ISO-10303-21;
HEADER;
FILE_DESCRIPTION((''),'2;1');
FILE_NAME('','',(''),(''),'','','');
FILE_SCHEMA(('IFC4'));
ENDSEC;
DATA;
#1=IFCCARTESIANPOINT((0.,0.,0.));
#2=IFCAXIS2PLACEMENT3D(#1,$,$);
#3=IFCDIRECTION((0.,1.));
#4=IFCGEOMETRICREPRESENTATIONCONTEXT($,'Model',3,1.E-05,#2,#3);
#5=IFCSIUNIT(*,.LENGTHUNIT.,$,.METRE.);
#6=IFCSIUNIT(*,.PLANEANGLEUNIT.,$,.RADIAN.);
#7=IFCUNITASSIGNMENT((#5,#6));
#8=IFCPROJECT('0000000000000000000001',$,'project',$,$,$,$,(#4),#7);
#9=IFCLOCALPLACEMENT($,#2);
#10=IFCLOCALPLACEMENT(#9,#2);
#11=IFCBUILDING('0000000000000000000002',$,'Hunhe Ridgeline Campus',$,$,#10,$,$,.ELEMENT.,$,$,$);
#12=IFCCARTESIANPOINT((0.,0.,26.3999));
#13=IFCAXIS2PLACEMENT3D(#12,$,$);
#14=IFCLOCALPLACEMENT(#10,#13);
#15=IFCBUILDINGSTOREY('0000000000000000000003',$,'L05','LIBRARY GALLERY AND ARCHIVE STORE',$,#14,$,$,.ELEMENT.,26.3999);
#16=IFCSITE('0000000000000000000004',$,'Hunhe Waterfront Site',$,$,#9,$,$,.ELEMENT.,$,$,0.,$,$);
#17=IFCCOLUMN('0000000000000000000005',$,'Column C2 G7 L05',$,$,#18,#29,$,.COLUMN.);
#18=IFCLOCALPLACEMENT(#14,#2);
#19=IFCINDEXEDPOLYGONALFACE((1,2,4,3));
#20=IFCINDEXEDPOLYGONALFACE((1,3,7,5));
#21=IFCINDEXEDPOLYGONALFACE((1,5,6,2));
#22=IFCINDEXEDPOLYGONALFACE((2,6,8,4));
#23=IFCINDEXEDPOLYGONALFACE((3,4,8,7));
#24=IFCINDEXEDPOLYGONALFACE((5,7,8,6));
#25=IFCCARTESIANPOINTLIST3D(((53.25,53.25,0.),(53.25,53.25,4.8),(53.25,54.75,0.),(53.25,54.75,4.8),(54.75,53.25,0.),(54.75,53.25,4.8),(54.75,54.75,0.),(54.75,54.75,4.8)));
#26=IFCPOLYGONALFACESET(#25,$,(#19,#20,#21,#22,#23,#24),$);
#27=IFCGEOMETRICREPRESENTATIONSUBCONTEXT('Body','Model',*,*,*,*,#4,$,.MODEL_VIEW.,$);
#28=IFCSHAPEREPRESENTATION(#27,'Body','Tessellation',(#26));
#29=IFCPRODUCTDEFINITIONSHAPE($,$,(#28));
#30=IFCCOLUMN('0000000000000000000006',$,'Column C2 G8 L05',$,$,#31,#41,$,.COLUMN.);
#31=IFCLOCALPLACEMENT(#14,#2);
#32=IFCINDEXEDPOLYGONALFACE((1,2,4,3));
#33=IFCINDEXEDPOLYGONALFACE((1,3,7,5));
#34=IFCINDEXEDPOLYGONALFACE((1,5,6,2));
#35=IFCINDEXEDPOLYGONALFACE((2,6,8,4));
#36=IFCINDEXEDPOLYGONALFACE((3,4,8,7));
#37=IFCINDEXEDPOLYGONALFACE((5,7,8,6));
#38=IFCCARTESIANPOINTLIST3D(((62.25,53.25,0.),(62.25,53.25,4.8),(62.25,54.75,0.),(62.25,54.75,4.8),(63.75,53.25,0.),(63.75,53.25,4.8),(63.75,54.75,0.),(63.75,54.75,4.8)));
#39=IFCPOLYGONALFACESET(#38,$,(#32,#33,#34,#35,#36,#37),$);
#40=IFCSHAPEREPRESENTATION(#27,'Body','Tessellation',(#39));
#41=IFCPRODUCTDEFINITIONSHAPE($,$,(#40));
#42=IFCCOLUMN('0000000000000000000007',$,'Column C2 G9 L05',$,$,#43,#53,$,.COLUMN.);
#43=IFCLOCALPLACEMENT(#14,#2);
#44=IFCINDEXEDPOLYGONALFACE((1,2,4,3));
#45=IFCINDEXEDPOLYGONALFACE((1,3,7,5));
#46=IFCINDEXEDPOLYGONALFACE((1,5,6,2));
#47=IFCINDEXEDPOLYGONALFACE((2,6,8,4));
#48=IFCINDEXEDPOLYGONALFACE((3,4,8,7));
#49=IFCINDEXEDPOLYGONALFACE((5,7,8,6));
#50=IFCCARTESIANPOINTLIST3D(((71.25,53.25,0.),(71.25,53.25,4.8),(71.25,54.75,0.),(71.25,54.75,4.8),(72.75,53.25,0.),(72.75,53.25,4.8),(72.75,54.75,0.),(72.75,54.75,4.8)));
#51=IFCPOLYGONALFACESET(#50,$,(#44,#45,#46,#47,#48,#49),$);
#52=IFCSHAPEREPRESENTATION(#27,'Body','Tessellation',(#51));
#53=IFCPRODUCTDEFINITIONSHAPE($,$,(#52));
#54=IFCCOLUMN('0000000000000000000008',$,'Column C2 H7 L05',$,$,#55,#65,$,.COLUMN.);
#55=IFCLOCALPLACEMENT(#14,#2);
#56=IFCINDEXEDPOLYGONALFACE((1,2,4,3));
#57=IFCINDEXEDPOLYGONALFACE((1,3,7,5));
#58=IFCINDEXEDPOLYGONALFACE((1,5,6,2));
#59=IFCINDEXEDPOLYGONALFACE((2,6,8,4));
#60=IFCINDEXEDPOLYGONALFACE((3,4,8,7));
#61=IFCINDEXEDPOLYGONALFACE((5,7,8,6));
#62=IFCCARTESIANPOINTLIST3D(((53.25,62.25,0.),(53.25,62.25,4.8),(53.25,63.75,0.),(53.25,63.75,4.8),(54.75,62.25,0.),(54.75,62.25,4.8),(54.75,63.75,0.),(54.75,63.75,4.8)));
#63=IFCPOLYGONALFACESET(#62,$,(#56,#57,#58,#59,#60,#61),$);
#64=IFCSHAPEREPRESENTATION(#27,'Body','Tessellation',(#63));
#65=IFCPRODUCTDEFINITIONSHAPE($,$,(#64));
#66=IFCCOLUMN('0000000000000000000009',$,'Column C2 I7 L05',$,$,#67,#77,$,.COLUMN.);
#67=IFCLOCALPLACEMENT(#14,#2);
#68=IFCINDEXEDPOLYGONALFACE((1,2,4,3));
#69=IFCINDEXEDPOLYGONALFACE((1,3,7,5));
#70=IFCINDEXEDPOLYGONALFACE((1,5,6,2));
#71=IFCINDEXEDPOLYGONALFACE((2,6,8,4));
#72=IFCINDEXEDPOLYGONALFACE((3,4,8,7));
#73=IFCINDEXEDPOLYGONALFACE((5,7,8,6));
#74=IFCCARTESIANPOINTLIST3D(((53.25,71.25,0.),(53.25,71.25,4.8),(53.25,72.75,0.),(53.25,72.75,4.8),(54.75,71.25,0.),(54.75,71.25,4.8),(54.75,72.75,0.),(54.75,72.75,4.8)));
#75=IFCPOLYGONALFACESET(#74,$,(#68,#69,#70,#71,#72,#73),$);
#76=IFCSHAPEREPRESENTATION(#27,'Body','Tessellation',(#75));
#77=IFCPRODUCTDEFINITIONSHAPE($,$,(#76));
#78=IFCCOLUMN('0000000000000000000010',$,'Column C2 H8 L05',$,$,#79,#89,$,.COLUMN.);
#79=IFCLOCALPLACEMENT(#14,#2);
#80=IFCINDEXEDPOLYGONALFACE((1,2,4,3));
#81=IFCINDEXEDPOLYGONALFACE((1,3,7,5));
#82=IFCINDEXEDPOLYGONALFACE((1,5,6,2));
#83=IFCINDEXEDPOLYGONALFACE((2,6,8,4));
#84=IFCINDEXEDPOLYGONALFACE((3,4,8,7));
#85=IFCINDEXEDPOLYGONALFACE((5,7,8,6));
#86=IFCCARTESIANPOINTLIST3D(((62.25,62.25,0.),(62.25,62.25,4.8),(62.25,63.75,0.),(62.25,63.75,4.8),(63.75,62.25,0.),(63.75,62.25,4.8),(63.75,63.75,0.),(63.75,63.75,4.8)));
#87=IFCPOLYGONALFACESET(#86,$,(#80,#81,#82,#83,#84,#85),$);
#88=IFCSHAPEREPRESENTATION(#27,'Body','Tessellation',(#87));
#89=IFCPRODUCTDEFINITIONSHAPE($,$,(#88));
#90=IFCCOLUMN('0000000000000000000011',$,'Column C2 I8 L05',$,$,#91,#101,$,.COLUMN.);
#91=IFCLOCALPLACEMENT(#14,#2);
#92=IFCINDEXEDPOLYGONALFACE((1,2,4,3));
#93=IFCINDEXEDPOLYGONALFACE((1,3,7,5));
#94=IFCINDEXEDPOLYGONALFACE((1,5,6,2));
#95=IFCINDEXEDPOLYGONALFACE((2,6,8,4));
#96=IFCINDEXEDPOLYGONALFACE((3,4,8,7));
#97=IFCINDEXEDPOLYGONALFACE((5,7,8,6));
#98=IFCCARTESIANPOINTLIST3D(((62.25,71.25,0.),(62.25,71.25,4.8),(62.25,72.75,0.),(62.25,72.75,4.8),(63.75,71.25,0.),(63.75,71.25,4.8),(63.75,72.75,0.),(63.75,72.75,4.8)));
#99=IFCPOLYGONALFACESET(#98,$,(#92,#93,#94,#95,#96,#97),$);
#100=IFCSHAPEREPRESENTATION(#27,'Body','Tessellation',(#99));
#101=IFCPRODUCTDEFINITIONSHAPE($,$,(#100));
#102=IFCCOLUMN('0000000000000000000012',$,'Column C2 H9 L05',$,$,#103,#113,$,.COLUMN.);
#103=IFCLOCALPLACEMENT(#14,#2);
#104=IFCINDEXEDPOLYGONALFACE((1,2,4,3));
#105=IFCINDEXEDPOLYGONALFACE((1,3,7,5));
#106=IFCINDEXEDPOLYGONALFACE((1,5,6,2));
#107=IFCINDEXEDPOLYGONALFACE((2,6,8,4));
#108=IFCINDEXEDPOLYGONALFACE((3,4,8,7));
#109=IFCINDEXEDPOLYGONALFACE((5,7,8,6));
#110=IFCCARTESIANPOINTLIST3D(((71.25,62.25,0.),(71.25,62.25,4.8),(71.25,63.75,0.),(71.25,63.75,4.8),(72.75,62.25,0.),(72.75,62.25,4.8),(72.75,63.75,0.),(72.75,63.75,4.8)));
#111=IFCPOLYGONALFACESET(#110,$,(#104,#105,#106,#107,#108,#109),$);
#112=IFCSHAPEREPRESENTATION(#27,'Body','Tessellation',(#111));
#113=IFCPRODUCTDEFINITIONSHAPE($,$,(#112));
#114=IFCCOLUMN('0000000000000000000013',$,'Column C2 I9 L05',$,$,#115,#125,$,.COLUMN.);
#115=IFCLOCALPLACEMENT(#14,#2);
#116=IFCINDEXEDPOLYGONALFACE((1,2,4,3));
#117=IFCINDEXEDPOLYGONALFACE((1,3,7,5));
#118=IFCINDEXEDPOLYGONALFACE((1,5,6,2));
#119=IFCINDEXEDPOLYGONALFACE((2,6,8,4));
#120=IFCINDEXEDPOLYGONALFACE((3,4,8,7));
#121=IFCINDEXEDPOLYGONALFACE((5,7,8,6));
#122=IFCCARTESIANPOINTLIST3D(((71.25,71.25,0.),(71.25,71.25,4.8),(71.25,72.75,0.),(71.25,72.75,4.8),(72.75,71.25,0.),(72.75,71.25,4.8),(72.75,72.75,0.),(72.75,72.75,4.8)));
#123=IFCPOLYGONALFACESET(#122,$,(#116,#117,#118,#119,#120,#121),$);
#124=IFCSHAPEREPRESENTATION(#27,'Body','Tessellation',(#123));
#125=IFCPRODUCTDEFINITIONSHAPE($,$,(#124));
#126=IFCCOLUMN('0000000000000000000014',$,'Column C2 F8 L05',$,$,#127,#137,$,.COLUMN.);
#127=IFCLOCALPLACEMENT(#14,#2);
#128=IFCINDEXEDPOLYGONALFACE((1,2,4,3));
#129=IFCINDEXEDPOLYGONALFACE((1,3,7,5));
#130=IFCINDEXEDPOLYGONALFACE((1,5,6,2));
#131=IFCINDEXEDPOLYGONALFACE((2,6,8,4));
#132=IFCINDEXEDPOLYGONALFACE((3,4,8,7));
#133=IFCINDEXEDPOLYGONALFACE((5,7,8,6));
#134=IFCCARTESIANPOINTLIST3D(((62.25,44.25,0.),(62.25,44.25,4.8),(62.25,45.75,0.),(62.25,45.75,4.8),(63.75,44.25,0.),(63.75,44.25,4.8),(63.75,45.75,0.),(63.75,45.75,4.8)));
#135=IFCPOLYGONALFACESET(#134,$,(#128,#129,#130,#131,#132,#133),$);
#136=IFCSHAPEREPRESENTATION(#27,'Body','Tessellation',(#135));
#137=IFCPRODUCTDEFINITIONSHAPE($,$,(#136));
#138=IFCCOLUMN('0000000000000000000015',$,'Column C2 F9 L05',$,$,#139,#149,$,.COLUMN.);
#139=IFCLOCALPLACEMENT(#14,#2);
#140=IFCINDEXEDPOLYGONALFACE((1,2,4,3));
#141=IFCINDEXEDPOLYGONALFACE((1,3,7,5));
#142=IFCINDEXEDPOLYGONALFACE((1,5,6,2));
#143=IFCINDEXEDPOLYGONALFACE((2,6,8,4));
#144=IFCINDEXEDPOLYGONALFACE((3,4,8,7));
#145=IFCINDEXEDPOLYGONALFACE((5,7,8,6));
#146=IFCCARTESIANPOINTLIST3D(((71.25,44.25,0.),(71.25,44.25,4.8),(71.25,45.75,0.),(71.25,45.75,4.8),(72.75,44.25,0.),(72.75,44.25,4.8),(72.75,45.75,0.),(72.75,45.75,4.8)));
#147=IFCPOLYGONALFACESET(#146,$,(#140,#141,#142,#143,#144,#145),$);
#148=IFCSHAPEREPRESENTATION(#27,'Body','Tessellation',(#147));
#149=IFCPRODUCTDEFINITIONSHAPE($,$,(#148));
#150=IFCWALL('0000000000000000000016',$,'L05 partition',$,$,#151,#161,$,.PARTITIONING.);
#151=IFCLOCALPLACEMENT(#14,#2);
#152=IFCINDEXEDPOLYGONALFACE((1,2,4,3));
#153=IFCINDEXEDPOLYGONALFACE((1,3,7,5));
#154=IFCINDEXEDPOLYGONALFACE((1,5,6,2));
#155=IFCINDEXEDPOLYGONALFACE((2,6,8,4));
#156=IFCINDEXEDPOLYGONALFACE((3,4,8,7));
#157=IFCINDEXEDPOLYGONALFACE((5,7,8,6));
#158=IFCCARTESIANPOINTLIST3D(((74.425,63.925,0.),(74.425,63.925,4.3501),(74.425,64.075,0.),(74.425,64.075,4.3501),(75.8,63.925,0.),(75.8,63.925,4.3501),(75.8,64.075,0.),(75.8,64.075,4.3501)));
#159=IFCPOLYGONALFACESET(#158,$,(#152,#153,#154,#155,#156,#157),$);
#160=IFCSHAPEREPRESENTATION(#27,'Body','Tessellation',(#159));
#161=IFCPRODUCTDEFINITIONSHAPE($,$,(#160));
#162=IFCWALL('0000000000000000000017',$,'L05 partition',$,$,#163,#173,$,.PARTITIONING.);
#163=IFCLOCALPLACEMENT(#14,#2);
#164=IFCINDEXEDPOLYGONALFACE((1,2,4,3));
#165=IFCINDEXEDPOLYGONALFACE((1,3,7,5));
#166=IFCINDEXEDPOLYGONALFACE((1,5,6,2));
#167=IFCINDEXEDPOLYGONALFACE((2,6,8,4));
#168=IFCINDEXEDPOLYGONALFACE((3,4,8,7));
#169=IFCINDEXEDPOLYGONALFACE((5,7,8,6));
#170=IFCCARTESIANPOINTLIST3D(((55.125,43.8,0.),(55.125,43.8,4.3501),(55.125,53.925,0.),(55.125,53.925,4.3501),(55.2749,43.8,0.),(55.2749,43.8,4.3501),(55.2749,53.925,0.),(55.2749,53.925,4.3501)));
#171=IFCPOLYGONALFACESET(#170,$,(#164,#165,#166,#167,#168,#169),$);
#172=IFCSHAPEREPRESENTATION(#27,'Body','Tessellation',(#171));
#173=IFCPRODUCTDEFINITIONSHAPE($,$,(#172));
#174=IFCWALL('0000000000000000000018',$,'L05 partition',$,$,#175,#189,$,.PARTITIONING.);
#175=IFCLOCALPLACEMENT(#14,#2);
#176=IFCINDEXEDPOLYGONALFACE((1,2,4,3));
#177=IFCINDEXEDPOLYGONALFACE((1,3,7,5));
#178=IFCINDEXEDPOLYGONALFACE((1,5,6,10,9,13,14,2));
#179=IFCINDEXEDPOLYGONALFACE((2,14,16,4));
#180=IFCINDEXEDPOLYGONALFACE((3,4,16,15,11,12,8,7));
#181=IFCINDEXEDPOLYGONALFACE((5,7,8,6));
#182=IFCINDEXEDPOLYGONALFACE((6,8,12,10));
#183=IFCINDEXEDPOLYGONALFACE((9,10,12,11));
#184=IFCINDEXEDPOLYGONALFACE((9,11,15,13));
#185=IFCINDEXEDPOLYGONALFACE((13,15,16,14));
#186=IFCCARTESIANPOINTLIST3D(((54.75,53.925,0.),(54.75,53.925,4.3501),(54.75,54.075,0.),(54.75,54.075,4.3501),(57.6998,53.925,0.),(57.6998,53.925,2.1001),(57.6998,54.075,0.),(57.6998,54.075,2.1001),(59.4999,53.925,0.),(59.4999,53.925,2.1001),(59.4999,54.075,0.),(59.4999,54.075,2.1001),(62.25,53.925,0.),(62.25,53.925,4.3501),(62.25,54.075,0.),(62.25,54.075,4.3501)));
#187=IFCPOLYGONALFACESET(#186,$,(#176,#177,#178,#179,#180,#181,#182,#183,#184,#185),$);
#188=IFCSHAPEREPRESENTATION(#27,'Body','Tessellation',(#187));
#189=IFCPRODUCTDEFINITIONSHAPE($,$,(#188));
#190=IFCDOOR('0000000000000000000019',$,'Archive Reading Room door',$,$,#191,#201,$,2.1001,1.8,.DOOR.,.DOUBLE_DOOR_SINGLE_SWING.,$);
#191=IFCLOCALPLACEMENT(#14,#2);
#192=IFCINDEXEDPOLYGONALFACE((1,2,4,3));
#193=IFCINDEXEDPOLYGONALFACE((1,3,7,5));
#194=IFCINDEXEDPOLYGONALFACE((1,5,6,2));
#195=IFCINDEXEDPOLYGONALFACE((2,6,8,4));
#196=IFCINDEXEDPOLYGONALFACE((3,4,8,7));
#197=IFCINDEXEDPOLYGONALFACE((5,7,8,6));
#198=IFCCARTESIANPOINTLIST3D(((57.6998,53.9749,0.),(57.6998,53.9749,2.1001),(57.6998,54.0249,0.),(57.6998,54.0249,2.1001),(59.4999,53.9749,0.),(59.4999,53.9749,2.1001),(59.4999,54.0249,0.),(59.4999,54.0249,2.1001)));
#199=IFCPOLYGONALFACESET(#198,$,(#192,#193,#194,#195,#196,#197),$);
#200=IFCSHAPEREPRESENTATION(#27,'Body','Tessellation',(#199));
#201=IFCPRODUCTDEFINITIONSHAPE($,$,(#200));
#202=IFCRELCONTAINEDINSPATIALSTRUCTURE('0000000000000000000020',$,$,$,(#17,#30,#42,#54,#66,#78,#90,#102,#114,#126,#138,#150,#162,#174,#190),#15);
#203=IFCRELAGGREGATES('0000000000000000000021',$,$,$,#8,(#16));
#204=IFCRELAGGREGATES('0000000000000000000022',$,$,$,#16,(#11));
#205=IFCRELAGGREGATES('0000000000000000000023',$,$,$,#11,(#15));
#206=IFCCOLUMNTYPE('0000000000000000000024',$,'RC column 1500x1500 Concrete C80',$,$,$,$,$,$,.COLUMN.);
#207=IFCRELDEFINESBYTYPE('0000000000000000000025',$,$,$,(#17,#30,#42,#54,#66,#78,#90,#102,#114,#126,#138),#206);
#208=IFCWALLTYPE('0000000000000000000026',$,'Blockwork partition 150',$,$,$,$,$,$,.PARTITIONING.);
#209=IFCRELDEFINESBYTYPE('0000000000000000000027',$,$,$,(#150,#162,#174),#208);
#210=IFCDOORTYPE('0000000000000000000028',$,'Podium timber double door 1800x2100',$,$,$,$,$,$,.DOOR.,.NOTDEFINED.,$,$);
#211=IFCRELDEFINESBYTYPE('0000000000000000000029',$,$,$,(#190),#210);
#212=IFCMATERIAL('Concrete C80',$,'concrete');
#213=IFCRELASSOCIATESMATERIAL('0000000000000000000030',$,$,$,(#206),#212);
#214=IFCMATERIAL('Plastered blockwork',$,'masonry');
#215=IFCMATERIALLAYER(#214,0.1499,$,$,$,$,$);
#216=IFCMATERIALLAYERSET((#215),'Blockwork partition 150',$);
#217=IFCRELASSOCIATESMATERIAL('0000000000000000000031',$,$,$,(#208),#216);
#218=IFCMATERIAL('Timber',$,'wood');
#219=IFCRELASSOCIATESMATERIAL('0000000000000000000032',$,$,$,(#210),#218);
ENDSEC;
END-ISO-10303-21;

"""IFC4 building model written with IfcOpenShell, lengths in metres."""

from ifc_helpers import new_model, si_unit, direction, frame, frame_2d, origin, origin_2d, place, context, subcontext, project, spatial, rectangle, extrude, material, layer, layer_set, material_profile, profile_set, type_object, element, fill, save


model = new_model("IFC4")

# Units and contexts
model_context = context("Model", 3, precision=1e-05, world=origin(), true_north=direction((0.0, 1.0)))
body_context = subcontext(model_context, "Body", "Model", "MODEL_VIEW")
ifc_project = project(units=[si_unit("LENGTHUNIT", "METRE"), si_unit("PLANEANGLEUNIT", "RADIAN")], contexts=[model_context])

# Site, building, storey
site_placement = place(None, origin())
site = spatial("IfcSite", under=ifc_project, at=site_placement, Name="Hunhe Waterfront Site", CompositionType="ELEMENT", RefElevation=0.0)
building_placement = place(site_placement, origin())
building = spatial("IfcBuilding", under=site, at=building_placement, Name="Hunhe Ridgeline Campus", CompositionType="ELEMENT")
storey_placement = place(building_placement, frame((0.0, 0.0, 26.3999)))
storey = spatial("IfcBuildingStorey", under=building, at=storey_placement, Name="L05", Description="LIBRARY GALLERY AND ARCHIVE STORE", CompositionType="ELEMENT", Elevation=26.3999)

# Columns
ifc_material_1 = material(Name="Concrete C80", Category="concrete")
ifc_material_profile = material_profile(ifc_material_1, rectangle(XDim=1.5, YDim=1.5, at=origin_2d()))
ifc_profile_set = profile_set([ifc_material_profile], Name="Concrete C80")
column_type = type_object("IfcColumnType", Name="RC column 1500x1500 Concrete C80", PredefinedType="COLUMN", material=ifc_profile_set)
for number, where, z_axis, x_axis, name in (
    (1, (54.0, 54.0, 0.0), (0.0, 0.0, 1.0), (1.0, 0.0, 0.0), "Column C2 G7 L05"),
    (2, (63.0, 54.0, 0.0), (0.0, 0.0, 1.0), (1.0, 0.0, 0.0), "Column C2 G8 L05"),
    (3, (72.0, 54.0, 0.0), (0.0, 0.0, 1.0), (1.0, 0.0, 0.0), "Column C2 G9 L05"),
    (4, (54.0, 63.0, 0.0), (0.0, 0.0, 1.0), (1.0, 0.0, 0.0), "Column C2 H7 L05"),
    (5, (54.0, 72.0, 0.0), (0.0, 0.0, 1.0), (1.0, 0.0, 0.0), "Column C2 I7 L05"),
    (6, (63.0, 63.0, 0.0), (0.0, 0.0, 1.0), (1.0, 0.0, 0.0), "Column C2 H8 L05"),
    (7, (63.0, 72.0, 0.0), (0.0, 0.0, 1.0), (1.0, 0.0, 0.0), "Column C2 I8 L05"),
    (8, (72.0, 63.0, 0.0), (0.0, 0.0, 1.0), (1.0, 0.0, 0.0), "Column C2 H9 L05"),
    (9, (72.0, 72.0, 0.0), (0.0, 0.0, 1.0), (1.0, 0.0, 0.0), "Column C2 I9 L05"),
    (10, (63.0, 45.0, 0.0), (0.0, 0.0, 1.0), (1.0, 0.0, 0.0), "Column C2 F8 L05"),
    (11, (72.0, 45.0, 0.0), (0.0, 0.0, 1.0), (1.0, 0.0, 0.0), "Column C2 F9 L05"),
):
    element("IfcColumn", number, at=place(storey_placement, frame(where, z_axis=z_axis, x_axis=x_axis)), inside=storey, type_object=column_type, Name=name, PredefinedType="COLUMN", context=body_context, shape_type="SweptSolid", body=[
        extrude(rectangle(XDim=1.5, YDim=1.5, at=origin_2d()), origin(), (0.0, 0.0, 1.0), 4.8),
    ])

# Walls
ifc_material_2 = material(Name="Plastered blockwork", Category="masonry")
ifc_layer_1 = layer(ifc_material_2, 0.1499)
ifc_layer_set_1 = layer_set([ifc_layer_1], Name="Blockwork partition 150")
wall_type_1 = type_object("IfcWallType", Name="Blockwork partition 150", PredefinedType="PARTITIONING", material=ifc_layer_set_1)
wall_1_placement = place(storey_placement, frame((74.425, 64.0, 0.0), z_axis=(0.0, 0.0, 1.0), x_axis=(1.0, 0.0, 0.0)))
element("IfcWall", 12, at=wall_1_placement, inside=storey, type_object=wall_type_1, Name="L05 partition", PredefinedType="PARTITIONING", context=body_context, shape_type="SweptSolid", body=[
    extrude(rectangle(XDim=1.375, YDim=0.1499, at=frame_2d((0.6875, 0.0))), origin(), (0.0, 0.0, 1.0), 4.3501),
])
wall_2_placement = place(storey_placement, frame((55.2, 43.8, 0.0), z_axis=(0.0, 0.0, 1.0), x_axis=(0.0, 1.0, 0.0)))
element("IfcWall", 13, at=wall_2_placement, inside=storey, type_object=wall_type_1, Name="L05 partition", PredefinedType="PARTITIONING", context=body_context, shape_type="SweptSolid", body=[
    extrude(rectangle(XDim=10.125, YDim=0.1499, at=frame_2d((5.0625, 0.0))), origin(), (0.0, 0.0, 1.0), 4.3501),
])

# Wall, opening, door
wall_3_placement = place(storey_placement, frame((54.75, 54.0, 0.0), z_axis=(0.0, 0.0, 1.0), x_axis=(1.0, 0.0, 0.0)))
wall_3 = element("IfcWall", 14, at=wall_3_placement, inside=storey, type_object=wall_type_1, Name="L05 partition", PredefinedType="PARTITIONING", context=body_context, shape_type="SweptSolid", body=[
    extrude(rectangle(XDim=7.5, YDim=0.1499, at=frame_2d((3.75, 0.0))), origin(), (0.0, 0.0, 1.0), 4.3501),
])
opening_1_placement = place(wall_3_placement, frame((2.95, 0.0, 0.0)))
opening_1 = element("IfcOpeningElement", 15, at=opening_1_placement, cuts=wall_3, PredefinedType="OPENING", context=body_context, shape_type="SweptSolid", body=[
    extrude(rectangle(XDim=1.8, YDim=2.1001, at=frame_2d((0.8999, 1.05))), frame((0.0, 0.075, 0.0), z_axis=(0.0, -1.0, 0.0), x_axis=(1.0, 0.0, 0.0)), (0.0, 0.0, 1.0), 0.1499),
])
ifc_material_3 = material(Name="Timber", Category="wood")
door_type_1 = type_object("IfcDoorType", Name="Podium timber double door 1800x2100", OperationType="NOTDEFINED", PredefinedType="DOOR", material=ifc_material_3)
door_1_placement = place(opening_1_placement, origin())
door_1 = element("IfcDoor", 16, at=door_1_placement, inside=storey, type_object=door_type_1, Name="Archive Reading Room door", OperationType="DOUBLE_DOOR_SINGLE_SWING", OverallHeight=2.1001, OverallWidth=1.8, PredefinedType="DOOR", context=body_context, shape_type="SweptSolid", body=[
    extrude(rectangle(XDim=1.8, YDim=2.1001, at=frame_2d((0.8999, 1.05))), frame((0.0, 0.0249, 0.0), z_axis=(0.0, -1.0, 0.0), x_axis=(1.0, 0.0, 0.0)), (0.0, 0.0, 1.0), 0.05),
])
fill(opening_1, door_1)

save(model, "model.ifc")
